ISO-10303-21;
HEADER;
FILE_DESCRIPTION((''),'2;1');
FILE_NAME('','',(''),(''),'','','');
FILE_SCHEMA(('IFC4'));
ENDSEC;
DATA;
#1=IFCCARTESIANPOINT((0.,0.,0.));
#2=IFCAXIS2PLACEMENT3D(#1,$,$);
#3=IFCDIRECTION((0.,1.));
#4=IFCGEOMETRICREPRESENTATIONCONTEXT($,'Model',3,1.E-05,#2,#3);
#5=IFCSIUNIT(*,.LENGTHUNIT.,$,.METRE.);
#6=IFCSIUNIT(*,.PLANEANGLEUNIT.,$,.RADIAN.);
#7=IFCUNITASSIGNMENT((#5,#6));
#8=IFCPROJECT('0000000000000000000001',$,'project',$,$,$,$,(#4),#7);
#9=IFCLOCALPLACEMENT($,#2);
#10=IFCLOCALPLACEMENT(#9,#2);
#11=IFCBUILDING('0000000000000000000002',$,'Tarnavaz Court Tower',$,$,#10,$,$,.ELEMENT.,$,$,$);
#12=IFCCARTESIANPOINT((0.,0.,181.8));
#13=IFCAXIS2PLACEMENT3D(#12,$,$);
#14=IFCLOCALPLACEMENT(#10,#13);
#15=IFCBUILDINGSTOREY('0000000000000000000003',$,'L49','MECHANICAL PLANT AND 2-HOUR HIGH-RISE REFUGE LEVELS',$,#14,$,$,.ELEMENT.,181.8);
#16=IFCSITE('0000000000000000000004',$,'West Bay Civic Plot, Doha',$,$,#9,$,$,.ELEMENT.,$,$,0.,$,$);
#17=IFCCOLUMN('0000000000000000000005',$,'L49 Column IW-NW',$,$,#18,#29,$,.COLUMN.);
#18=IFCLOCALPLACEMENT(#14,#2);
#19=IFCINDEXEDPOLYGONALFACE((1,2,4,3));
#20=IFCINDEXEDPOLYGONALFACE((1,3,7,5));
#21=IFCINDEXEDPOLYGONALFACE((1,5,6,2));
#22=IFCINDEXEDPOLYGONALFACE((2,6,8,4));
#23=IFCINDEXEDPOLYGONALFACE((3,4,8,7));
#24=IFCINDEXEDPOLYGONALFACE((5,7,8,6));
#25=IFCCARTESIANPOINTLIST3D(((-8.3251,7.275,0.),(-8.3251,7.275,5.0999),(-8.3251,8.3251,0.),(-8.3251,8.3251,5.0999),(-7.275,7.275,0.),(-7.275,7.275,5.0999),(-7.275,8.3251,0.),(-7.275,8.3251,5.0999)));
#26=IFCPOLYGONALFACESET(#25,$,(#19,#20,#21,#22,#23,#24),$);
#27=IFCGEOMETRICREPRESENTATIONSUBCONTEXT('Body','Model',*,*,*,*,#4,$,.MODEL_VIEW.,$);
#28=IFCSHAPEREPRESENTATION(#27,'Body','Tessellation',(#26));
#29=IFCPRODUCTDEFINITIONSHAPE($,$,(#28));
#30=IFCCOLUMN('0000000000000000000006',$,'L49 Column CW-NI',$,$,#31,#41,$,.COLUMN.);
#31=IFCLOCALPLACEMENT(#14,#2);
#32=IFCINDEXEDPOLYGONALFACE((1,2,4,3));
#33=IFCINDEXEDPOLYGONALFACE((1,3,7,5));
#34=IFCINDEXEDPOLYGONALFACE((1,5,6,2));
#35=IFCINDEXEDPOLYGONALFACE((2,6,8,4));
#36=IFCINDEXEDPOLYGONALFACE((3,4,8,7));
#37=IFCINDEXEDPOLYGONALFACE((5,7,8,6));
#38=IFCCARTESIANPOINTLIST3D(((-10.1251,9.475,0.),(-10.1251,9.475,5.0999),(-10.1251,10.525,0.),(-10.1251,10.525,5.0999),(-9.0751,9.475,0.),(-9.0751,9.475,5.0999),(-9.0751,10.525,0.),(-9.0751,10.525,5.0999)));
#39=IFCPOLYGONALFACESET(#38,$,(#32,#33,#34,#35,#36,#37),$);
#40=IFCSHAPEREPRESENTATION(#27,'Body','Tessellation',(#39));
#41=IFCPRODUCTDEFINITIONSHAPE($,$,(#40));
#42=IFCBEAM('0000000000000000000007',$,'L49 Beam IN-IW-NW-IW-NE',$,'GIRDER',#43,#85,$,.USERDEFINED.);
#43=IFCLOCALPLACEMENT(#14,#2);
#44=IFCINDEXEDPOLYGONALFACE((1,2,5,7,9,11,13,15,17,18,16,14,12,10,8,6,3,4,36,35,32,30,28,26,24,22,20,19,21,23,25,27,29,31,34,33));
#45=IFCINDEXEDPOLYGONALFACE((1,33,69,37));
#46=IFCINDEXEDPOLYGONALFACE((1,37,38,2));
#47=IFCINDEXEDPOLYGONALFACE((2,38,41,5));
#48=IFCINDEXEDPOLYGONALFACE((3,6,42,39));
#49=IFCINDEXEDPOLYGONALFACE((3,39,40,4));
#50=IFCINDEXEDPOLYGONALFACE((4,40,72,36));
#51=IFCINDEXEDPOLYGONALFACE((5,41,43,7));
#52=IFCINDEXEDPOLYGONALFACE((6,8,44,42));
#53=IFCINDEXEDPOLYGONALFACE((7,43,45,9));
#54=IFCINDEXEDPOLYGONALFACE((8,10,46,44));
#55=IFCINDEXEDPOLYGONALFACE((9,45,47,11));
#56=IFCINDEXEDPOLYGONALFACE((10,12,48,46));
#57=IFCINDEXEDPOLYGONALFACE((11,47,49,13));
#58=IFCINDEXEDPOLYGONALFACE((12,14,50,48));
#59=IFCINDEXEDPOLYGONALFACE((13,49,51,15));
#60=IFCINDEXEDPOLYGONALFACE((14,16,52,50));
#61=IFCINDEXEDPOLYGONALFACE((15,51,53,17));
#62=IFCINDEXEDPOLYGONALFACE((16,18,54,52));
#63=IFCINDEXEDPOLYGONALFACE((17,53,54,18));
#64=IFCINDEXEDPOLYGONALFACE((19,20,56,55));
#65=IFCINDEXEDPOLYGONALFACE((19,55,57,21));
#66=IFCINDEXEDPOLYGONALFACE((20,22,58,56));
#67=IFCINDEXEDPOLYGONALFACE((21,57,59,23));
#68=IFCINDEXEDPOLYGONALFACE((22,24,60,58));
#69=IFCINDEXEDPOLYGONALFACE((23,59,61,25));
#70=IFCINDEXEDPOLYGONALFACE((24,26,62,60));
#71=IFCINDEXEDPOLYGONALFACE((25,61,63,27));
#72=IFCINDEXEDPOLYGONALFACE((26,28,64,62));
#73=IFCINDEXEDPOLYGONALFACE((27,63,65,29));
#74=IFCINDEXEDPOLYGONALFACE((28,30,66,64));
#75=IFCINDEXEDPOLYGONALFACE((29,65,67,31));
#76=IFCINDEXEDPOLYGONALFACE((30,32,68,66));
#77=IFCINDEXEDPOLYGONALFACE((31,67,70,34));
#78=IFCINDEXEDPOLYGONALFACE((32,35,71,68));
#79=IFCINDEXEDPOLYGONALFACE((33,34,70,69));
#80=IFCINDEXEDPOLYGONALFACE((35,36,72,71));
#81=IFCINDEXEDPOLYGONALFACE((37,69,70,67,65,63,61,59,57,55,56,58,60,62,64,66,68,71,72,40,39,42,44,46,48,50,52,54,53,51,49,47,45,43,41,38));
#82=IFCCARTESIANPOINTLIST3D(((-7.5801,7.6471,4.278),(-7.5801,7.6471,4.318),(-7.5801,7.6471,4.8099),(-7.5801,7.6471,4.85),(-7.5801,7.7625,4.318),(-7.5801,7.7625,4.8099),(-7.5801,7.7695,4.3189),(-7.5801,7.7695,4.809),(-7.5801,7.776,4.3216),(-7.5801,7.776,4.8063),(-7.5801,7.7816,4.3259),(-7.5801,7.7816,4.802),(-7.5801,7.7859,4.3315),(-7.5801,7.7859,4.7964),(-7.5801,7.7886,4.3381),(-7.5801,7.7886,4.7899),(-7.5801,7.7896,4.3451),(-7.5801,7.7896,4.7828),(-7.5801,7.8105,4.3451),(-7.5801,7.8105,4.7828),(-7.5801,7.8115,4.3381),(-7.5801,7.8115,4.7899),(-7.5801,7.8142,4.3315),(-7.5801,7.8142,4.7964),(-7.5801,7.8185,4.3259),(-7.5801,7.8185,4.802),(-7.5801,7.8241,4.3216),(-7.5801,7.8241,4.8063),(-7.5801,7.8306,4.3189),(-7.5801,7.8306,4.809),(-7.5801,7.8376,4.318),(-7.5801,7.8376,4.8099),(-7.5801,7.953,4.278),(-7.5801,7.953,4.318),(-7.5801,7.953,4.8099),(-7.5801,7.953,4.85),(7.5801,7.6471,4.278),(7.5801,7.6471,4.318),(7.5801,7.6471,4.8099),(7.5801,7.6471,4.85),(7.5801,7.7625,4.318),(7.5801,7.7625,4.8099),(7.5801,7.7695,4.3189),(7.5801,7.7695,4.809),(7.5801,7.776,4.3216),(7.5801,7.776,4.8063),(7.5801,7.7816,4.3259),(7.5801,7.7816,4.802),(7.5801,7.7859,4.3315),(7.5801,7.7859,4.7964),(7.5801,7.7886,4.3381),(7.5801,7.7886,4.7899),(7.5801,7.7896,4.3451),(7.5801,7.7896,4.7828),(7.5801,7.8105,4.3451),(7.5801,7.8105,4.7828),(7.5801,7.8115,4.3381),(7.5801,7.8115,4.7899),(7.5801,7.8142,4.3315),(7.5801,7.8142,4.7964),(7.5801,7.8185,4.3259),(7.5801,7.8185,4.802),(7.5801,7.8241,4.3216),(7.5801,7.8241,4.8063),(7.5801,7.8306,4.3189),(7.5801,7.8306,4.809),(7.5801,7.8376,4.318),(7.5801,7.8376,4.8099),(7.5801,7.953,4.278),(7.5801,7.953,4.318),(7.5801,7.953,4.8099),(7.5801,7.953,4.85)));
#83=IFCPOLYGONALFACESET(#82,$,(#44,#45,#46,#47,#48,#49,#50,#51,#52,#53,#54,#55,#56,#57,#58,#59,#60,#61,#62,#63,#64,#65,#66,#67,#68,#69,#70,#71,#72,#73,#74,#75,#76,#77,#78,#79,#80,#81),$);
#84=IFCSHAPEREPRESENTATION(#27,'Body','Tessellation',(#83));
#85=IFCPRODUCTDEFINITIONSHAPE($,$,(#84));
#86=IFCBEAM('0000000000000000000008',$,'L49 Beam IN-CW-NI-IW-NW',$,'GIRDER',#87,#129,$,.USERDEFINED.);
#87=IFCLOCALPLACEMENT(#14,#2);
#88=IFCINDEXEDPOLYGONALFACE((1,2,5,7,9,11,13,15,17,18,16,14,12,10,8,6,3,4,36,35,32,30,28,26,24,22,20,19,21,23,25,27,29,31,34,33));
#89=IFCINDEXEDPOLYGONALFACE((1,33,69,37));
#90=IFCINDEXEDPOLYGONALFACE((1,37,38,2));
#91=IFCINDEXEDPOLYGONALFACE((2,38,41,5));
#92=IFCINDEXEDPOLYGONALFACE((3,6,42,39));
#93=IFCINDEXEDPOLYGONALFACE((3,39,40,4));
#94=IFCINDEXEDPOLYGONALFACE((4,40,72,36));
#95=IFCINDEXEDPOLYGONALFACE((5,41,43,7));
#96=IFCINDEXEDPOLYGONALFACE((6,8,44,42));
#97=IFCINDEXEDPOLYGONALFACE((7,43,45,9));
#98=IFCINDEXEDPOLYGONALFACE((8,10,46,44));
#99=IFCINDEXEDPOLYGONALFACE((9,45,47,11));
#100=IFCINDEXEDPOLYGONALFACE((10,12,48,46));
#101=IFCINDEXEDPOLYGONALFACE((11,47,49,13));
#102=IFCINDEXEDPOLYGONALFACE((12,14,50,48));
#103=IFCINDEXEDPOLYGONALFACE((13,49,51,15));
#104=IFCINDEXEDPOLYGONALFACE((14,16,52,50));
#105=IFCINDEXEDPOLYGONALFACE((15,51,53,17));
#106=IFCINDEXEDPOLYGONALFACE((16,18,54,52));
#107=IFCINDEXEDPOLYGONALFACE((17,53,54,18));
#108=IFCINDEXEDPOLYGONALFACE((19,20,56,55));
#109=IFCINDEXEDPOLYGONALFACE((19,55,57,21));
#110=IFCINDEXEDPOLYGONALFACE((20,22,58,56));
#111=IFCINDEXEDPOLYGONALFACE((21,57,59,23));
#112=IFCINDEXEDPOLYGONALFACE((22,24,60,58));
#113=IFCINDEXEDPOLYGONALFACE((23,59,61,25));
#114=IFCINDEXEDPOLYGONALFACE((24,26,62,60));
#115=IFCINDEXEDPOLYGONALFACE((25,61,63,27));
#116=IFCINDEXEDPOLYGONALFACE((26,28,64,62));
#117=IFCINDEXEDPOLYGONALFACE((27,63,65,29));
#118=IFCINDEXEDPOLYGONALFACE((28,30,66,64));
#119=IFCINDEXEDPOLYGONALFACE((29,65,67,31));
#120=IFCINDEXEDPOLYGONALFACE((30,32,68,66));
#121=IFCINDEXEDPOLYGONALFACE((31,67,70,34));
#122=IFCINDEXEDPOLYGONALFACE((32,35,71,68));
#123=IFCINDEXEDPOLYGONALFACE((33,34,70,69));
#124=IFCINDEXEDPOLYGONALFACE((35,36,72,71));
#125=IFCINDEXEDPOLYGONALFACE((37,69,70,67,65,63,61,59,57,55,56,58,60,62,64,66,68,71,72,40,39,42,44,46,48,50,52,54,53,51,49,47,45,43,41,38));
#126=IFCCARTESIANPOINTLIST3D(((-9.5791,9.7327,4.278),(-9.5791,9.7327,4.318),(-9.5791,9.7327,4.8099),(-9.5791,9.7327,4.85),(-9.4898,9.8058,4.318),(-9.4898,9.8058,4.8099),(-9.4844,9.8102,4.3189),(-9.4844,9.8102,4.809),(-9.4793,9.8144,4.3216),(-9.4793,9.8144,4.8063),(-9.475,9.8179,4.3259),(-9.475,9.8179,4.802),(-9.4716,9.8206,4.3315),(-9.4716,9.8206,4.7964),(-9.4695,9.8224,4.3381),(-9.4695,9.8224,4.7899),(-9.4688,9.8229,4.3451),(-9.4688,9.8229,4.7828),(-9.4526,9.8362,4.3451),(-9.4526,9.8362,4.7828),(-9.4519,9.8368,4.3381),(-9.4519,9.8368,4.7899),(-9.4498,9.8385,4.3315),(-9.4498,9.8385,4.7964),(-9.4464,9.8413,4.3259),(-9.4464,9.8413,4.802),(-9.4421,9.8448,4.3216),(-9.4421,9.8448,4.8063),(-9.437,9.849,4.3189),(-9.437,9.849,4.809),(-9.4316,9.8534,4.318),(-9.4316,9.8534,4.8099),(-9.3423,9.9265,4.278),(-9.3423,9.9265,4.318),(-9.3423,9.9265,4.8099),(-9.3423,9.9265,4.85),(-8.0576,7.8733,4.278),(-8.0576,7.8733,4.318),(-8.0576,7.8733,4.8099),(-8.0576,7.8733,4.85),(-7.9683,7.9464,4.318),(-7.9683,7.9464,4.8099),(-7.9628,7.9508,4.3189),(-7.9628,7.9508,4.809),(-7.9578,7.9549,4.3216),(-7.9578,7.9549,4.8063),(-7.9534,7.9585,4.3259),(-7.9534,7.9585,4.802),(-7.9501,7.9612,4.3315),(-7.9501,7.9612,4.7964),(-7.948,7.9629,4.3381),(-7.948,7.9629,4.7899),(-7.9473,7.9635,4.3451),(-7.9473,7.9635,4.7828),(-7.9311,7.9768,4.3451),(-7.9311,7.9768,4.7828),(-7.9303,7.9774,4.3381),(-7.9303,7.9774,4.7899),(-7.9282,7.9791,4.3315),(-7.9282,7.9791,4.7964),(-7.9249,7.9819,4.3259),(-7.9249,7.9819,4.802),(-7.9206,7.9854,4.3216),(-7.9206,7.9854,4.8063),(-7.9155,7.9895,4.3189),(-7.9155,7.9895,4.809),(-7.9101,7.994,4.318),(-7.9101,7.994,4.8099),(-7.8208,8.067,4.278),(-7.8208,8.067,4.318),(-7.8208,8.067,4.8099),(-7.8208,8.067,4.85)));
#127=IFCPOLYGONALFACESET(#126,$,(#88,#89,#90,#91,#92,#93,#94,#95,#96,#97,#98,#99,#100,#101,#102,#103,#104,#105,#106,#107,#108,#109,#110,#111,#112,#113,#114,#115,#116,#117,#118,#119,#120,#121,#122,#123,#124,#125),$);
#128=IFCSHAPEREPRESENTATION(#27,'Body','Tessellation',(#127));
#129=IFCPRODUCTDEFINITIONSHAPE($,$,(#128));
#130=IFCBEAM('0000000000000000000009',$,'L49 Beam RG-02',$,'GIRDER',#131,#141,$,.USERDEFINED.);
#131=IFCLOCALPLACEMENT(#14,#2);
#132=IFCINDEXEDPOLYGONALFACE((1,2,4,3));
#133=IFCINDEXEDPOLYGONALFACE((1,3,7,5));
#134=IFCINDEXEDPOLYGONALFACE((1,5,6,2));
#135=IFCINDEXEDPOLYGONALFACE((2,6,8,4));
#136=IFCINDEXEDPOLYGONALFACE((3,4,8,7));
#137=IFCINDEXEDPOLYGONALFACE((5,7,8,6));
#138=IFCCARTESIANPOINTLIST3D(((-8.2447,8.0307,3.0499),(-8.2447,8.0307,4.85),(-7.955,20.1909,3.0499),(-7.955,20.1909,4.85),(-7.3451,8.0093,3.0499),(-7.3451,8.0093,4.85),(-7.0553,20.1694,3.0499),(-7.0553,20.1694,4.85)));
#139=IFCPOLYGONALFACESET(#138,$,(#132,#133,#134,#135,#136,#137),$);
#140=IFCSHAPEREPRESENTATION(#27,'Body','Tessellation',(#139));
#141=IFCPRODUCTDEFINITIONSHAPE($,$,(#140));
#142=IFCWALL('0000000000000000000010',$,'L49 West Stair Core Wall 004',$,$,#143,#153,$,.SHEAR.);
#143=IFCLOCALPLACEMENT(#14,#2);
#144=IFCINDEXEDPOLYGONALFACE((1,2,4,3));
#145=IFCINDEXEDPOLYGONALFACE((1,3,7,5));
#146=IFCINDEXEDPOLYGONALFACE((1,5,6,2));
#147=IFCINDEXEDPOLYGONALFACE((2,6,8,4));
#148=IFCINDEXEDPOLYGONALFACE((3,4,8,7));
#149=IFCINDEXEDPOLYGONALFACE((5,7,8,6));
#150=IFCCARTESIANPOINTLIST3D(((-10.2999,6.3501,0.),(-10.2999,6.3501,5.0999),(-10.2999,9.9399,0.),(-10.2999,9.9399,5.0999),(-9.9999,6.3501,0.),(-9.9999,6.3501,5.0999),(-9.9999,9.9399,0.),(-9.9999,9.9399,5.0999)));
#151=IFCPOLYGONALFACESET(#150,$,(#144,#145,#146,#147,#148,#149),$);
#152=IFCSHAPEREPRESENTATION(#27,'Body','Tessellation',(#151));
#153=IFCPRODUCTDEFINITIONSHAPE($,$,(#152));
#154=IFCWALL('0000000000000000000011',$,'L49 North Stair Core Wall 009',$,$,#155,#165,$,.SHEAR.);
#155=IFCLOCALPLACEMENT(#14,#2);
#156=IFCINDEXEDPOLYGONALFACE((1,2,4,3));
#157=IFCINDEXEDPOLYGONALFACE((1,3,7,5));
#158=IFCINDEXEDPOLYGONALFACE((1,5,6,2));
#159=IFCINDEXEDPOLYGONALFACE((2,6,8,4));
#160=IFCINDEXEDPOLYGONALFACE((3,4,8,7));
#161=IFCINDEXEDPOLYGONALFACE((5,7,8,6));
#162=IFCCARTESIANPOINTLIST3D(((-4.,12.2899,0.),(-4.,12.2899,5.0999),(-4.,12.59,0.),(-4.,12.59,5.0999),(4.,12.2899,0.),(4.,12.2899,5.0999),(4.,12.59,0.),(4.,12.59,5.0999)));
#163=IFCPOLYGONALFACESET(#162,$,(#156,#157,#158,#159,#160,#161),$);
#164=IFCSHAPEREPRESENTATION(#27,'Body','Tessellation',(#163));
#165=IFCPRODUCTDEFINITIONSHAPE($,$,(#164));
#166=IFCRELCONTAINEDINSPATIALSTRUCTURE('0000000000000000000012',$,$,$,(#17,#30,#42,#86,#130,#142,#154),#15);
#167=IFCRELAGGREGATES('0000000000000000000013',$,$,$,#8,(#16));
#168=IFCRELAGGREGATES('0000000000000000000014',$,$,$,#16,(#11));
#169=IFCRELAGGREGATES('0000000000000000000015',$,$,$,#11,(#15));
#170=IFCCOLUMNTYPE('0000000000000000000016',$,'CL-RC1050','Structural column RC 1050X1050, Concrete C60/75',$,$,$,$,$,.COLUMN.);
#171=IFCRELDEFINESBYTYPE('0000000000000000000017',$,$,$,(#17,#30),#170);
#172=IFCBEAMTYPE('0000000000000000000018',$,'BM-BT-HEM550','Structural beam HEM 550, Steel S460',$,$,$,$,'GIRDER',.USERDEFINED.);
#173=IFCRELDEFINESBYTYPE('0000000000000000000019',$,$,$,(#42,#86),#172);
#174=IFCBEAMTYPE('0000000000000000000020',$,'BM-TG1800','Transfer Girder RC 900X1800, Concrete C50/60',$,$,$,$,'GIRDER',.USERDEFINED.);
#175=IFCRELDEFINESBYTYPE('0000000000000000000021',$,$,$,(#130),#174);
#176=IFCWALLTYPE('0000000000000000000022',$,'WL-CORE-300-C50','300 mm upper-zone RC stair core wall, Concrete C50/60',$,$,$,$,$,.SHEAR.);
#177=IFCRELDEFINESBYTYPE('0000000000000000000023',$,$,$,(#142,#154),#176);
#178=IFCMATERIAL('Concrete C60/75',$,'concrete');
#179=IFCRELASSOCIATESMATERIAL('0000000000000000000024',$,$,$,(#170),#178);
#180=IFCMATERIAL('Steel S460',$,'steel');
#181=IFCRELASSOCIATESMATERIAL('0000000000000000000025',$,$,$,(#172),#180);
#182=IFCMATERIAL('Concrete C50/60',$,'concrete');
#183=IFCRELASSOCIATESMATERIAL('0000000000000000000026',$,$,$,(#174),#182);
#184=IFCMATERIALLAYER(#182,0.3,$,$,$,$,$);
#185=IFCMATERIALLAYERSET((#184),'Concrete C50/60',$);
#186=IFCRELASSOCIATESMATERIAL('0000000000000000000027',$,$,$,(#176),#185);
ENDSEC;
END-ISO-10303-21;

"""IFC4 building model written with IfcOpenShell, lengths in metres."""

from ifc_helpers import new_model, si_unit, direction, frame, frame_2d, origin, origin_2d, place, context, subcontext, project, spatial, rectangle, i_section, extrude, material, layer, layer_set, material_profile, profile_set, type_object, element, save


model = new_model("IFC4")

# Units and contexts
model_context = context("Model", 3, precision=1e-05, world=origin(), true_north=direction((0.0, 1.0)))
body_context = subcontext(model_context, "Body", "Model", "MODEL_VIEW")
ifc_project = project(units=[si_unit("LENGTHUNIT", "METRE"), si_unit("PLANEANGLEUNIT", "RADIAN")], contexts=[model_context])

# Site, building, storey
site_placement = place(None, origin())
site = spatial("IfcSite", under=ifc_project, at=site_placement, Name="West Bay Civic Plot, Doha", CompositionType="ELEMENT", RefElevation=0.0)
building_placement = place(site_placement, origin())
building = spatial("IfcBuilding", under=site, at=building_placement, Name="Tarnavaz Court Tower", CompositionType="ELEMENT")
storey_placement = place(building_placement, frame((0.0, 0.0, 181.8)))
storey = spatial("IfcBuildingStorey", under=building, at=storey_placement, Name="L49", Description="MECHANICAL PLANT AND 2-HOUR HIGH-RISE REFUGE LEVELS", CompositionType="ELEMENT", Elevation=181.8)

# Columns
ifc_material_1 = material(Name="Concrete C60/75", Category="concrete")
ifc_material_profile_1 = material_profile(ifc_material_1, rectangle(XDim=1.05, YDim=1.05, at=origin_2d()), Name="RC 1050X1050")
ifc_profile_set_1 = profile_set([ifc_material_profile_1], Name="Concrete C60/75")
column_type = type_object("IfcColumnType", Name="CL-RC1050", Description="Structural column RC 1050X1050, Concrete C60/75", PredefinedType="COLUMN", material=ifc_profile_set_1)
for number, where, z_axis, x_axis, name in (
    (1, (-7.8, 7.8, 0.0), (0.0, 0.0, 1.0), (1.0, 0.0, 0.0), "L49 Column IW-NW"),
    (2, (-9.6001, 10.0, 0.0), (0.0, 0.0, 1.0), (1.0, 0.0, 0.0), "L49 Column CW-NI"),
):
    element("IfcColumn", number, at=place(storey_placement, frame(where, z_axis=z_axis, x_axis=x_axis)), inside=storey, type_object=column_type, Name=name, PredefinedType="COLUMN", context=body_context, shape_type="SweptSolid", body=[
        extrude(rectangle(XDim=1.05, YDim=1.05, at=origin_2d()), origin(), (0.0, 0.0, 1.0), 5.0999),
    ])

# Beams
ifc_material_2 = material(Name="Steel S460", Category="steel")
ifc_material_profile_2 = material_profile(ifc_material_2, i_section(OverallWidth=0.3059, OverallDepth=0.572, WebThickness=0.021, FlangeThickness=0.04, FilletRadius=0.0271, at=origin_2d()), Name="HEM 550")
ifc_profile_set_2 = profile_set([ifc_material_profile_2], Name="Steel S460")
beam_type_1 = type_object("IfcBeamType", Name="BM-BT-HEM550", Description="Structural beam HEM 550, Steel S460", ElementType="GIRDER", PredefinedType="USERDEFINED", material=ifc_profile_set_2)
beam_1_placement = place(storey_placement, frame((-7.5801, 7.8, 4.564), z_axis=(1.0, 0.0, 0.0), x_axis=(0.0, 1.0, 0.0)))
element("IfcBeam", 3, at=beam_1_placement, inside=storey, type_object=beam_type_1, Name="L49 Beam IN-IW-NW-IW-NE", ObjectType="GIRDER", PredefinedType="USERDEFINED", context=body_context, shape_type="SweptSolid", body=[
    extrude(i_section(OverallWidth=0.3059, OverallDepth=0.572, WebThickness=0.021, FlangeThickness=0.04, FilletRadius=0.0271, at=origin_2d()), origin(), (0.0, 0.0, 1.0), 15.1602),
])
beam_2_placement = place(storey_placement, frame((-9.4607, 9.8296, 4.564), z_axis=(0.633282, -0.773921, 0.0), x_axis=(0.773921, 0.633282, 0.0)))
element("IfcBeam", 4, at=beam_2_placement, inside=storey, type_object=beam_type_1, Name="L49 Beam IN-CW-NI-IW-NW", ObjectType="GIRDER", PredefinedType="USERDEFINED", context=body_context, shape_type="SweptSolid", body=[
    extrude(i_section(OverallWidth=0.3059, OverallDepth=0.572, WebThickness=0.021, FlangeThickness=0.04, FilletRadius=0.0271, at=origin_2d()), origin(), (0.0, 0.0, 1.0), 2.4026),
])
ifc_material_3 = material(Name="Concrete C50/60", Category="concrete")
ifc_material_profile_3 = material_profile(ifc_material_3, rectangle(XDim=0.8999, YDim=1.8, at=origin_2d()), Name="RC 900X1800")
ifc_profile_set_3 = profile_set([ifc_material_profile_3], Name="Concrete C50/60")
beam_type_2 = type_object("IfcBeamType", Name="BM-TG1800", Description="Transfer Girder RC 900X1800, Concrete C50/60", ElementType="GIRDER", PredefinedType="USERDEFINED", material=ifc_profile_set_3)
beam_3_placement = place(storey_placement, frame((-7.7949, 8.02, 3.95), z_axis=(0.023825, 0.999716, 0.0), x_axis=(-0.999716, 0.023825, 0.0)))
element("IfcBeam", 5, at=beam_3_placement, inside=storey, type_object=beam_type_2, Name="L49 Beam RG-02", ObjectType="GIRDER", PredefinedType="USERDEFINED", context=body_context, shape_type="SweptSolid", body=[
    extrude(rectangle(XDim=0.8999, YDim=1.8, at=origin_2d()), origin(), (0.0, 0.0, 1.0), 12.1636),
])

# Walls
ifc_layer_1 = layer(ifc_material_3, 0.3)
ifc_layer_set_1 = layer_set([ifc_layer_1], Name="Concrete C50/60")
wall_type_1 = type_object("IfcWallType", Name="WL-CORE-300-C50", Description="300 mm upper-zone RC stair core wall, Concrete C50/60", PredefinedType="SHEAR", material=ifc_layer_set_1)
wall_1_placement = place(storey_placement, frame((-10.1499, 6.3501, 0.0), z_axis=(0.0, 0.0, 1.0), x_axis=(0.0, 1.0, 0.0)))
element("IfcWall", 6, at=wall_1_placement, inside=storey, type_object=wall_type_1, Name="L49 West Stair Core Wall 004", PredefinedType="SHEAR", context=body_context, shape_type="SweptSolid", body=[
    extrude(rectangle(XDim=3.5898, YDim=0.3, at=frame_2d((1.7949, 0.0))), origin(), (0.0, 0.0, 1.0), 5.0999),
])
wall_2_placement = place(storey_placement, frame((-4.0, 12.4399, 0.0), z_axis=(0.0, 0.0, 1.0), x_axis=(1.0, 0.0, 0.0)))
element("IfcWall", 7, at=wall_2_placement, inside=storey, type_object=wall_type_1, Name="L49 North Stair Core Wall 009", PredefinedType="SHEAR", context=body_context, shape_type="SweptSolid", body=[
    extrude(rectangle(XDim=8.0, YDim=0.3, at=frame_2d((4.0, 0.0))), origin(), (0.0, 0.0, 1.0), 5.0999),
])

save(model, "model.ifc")
